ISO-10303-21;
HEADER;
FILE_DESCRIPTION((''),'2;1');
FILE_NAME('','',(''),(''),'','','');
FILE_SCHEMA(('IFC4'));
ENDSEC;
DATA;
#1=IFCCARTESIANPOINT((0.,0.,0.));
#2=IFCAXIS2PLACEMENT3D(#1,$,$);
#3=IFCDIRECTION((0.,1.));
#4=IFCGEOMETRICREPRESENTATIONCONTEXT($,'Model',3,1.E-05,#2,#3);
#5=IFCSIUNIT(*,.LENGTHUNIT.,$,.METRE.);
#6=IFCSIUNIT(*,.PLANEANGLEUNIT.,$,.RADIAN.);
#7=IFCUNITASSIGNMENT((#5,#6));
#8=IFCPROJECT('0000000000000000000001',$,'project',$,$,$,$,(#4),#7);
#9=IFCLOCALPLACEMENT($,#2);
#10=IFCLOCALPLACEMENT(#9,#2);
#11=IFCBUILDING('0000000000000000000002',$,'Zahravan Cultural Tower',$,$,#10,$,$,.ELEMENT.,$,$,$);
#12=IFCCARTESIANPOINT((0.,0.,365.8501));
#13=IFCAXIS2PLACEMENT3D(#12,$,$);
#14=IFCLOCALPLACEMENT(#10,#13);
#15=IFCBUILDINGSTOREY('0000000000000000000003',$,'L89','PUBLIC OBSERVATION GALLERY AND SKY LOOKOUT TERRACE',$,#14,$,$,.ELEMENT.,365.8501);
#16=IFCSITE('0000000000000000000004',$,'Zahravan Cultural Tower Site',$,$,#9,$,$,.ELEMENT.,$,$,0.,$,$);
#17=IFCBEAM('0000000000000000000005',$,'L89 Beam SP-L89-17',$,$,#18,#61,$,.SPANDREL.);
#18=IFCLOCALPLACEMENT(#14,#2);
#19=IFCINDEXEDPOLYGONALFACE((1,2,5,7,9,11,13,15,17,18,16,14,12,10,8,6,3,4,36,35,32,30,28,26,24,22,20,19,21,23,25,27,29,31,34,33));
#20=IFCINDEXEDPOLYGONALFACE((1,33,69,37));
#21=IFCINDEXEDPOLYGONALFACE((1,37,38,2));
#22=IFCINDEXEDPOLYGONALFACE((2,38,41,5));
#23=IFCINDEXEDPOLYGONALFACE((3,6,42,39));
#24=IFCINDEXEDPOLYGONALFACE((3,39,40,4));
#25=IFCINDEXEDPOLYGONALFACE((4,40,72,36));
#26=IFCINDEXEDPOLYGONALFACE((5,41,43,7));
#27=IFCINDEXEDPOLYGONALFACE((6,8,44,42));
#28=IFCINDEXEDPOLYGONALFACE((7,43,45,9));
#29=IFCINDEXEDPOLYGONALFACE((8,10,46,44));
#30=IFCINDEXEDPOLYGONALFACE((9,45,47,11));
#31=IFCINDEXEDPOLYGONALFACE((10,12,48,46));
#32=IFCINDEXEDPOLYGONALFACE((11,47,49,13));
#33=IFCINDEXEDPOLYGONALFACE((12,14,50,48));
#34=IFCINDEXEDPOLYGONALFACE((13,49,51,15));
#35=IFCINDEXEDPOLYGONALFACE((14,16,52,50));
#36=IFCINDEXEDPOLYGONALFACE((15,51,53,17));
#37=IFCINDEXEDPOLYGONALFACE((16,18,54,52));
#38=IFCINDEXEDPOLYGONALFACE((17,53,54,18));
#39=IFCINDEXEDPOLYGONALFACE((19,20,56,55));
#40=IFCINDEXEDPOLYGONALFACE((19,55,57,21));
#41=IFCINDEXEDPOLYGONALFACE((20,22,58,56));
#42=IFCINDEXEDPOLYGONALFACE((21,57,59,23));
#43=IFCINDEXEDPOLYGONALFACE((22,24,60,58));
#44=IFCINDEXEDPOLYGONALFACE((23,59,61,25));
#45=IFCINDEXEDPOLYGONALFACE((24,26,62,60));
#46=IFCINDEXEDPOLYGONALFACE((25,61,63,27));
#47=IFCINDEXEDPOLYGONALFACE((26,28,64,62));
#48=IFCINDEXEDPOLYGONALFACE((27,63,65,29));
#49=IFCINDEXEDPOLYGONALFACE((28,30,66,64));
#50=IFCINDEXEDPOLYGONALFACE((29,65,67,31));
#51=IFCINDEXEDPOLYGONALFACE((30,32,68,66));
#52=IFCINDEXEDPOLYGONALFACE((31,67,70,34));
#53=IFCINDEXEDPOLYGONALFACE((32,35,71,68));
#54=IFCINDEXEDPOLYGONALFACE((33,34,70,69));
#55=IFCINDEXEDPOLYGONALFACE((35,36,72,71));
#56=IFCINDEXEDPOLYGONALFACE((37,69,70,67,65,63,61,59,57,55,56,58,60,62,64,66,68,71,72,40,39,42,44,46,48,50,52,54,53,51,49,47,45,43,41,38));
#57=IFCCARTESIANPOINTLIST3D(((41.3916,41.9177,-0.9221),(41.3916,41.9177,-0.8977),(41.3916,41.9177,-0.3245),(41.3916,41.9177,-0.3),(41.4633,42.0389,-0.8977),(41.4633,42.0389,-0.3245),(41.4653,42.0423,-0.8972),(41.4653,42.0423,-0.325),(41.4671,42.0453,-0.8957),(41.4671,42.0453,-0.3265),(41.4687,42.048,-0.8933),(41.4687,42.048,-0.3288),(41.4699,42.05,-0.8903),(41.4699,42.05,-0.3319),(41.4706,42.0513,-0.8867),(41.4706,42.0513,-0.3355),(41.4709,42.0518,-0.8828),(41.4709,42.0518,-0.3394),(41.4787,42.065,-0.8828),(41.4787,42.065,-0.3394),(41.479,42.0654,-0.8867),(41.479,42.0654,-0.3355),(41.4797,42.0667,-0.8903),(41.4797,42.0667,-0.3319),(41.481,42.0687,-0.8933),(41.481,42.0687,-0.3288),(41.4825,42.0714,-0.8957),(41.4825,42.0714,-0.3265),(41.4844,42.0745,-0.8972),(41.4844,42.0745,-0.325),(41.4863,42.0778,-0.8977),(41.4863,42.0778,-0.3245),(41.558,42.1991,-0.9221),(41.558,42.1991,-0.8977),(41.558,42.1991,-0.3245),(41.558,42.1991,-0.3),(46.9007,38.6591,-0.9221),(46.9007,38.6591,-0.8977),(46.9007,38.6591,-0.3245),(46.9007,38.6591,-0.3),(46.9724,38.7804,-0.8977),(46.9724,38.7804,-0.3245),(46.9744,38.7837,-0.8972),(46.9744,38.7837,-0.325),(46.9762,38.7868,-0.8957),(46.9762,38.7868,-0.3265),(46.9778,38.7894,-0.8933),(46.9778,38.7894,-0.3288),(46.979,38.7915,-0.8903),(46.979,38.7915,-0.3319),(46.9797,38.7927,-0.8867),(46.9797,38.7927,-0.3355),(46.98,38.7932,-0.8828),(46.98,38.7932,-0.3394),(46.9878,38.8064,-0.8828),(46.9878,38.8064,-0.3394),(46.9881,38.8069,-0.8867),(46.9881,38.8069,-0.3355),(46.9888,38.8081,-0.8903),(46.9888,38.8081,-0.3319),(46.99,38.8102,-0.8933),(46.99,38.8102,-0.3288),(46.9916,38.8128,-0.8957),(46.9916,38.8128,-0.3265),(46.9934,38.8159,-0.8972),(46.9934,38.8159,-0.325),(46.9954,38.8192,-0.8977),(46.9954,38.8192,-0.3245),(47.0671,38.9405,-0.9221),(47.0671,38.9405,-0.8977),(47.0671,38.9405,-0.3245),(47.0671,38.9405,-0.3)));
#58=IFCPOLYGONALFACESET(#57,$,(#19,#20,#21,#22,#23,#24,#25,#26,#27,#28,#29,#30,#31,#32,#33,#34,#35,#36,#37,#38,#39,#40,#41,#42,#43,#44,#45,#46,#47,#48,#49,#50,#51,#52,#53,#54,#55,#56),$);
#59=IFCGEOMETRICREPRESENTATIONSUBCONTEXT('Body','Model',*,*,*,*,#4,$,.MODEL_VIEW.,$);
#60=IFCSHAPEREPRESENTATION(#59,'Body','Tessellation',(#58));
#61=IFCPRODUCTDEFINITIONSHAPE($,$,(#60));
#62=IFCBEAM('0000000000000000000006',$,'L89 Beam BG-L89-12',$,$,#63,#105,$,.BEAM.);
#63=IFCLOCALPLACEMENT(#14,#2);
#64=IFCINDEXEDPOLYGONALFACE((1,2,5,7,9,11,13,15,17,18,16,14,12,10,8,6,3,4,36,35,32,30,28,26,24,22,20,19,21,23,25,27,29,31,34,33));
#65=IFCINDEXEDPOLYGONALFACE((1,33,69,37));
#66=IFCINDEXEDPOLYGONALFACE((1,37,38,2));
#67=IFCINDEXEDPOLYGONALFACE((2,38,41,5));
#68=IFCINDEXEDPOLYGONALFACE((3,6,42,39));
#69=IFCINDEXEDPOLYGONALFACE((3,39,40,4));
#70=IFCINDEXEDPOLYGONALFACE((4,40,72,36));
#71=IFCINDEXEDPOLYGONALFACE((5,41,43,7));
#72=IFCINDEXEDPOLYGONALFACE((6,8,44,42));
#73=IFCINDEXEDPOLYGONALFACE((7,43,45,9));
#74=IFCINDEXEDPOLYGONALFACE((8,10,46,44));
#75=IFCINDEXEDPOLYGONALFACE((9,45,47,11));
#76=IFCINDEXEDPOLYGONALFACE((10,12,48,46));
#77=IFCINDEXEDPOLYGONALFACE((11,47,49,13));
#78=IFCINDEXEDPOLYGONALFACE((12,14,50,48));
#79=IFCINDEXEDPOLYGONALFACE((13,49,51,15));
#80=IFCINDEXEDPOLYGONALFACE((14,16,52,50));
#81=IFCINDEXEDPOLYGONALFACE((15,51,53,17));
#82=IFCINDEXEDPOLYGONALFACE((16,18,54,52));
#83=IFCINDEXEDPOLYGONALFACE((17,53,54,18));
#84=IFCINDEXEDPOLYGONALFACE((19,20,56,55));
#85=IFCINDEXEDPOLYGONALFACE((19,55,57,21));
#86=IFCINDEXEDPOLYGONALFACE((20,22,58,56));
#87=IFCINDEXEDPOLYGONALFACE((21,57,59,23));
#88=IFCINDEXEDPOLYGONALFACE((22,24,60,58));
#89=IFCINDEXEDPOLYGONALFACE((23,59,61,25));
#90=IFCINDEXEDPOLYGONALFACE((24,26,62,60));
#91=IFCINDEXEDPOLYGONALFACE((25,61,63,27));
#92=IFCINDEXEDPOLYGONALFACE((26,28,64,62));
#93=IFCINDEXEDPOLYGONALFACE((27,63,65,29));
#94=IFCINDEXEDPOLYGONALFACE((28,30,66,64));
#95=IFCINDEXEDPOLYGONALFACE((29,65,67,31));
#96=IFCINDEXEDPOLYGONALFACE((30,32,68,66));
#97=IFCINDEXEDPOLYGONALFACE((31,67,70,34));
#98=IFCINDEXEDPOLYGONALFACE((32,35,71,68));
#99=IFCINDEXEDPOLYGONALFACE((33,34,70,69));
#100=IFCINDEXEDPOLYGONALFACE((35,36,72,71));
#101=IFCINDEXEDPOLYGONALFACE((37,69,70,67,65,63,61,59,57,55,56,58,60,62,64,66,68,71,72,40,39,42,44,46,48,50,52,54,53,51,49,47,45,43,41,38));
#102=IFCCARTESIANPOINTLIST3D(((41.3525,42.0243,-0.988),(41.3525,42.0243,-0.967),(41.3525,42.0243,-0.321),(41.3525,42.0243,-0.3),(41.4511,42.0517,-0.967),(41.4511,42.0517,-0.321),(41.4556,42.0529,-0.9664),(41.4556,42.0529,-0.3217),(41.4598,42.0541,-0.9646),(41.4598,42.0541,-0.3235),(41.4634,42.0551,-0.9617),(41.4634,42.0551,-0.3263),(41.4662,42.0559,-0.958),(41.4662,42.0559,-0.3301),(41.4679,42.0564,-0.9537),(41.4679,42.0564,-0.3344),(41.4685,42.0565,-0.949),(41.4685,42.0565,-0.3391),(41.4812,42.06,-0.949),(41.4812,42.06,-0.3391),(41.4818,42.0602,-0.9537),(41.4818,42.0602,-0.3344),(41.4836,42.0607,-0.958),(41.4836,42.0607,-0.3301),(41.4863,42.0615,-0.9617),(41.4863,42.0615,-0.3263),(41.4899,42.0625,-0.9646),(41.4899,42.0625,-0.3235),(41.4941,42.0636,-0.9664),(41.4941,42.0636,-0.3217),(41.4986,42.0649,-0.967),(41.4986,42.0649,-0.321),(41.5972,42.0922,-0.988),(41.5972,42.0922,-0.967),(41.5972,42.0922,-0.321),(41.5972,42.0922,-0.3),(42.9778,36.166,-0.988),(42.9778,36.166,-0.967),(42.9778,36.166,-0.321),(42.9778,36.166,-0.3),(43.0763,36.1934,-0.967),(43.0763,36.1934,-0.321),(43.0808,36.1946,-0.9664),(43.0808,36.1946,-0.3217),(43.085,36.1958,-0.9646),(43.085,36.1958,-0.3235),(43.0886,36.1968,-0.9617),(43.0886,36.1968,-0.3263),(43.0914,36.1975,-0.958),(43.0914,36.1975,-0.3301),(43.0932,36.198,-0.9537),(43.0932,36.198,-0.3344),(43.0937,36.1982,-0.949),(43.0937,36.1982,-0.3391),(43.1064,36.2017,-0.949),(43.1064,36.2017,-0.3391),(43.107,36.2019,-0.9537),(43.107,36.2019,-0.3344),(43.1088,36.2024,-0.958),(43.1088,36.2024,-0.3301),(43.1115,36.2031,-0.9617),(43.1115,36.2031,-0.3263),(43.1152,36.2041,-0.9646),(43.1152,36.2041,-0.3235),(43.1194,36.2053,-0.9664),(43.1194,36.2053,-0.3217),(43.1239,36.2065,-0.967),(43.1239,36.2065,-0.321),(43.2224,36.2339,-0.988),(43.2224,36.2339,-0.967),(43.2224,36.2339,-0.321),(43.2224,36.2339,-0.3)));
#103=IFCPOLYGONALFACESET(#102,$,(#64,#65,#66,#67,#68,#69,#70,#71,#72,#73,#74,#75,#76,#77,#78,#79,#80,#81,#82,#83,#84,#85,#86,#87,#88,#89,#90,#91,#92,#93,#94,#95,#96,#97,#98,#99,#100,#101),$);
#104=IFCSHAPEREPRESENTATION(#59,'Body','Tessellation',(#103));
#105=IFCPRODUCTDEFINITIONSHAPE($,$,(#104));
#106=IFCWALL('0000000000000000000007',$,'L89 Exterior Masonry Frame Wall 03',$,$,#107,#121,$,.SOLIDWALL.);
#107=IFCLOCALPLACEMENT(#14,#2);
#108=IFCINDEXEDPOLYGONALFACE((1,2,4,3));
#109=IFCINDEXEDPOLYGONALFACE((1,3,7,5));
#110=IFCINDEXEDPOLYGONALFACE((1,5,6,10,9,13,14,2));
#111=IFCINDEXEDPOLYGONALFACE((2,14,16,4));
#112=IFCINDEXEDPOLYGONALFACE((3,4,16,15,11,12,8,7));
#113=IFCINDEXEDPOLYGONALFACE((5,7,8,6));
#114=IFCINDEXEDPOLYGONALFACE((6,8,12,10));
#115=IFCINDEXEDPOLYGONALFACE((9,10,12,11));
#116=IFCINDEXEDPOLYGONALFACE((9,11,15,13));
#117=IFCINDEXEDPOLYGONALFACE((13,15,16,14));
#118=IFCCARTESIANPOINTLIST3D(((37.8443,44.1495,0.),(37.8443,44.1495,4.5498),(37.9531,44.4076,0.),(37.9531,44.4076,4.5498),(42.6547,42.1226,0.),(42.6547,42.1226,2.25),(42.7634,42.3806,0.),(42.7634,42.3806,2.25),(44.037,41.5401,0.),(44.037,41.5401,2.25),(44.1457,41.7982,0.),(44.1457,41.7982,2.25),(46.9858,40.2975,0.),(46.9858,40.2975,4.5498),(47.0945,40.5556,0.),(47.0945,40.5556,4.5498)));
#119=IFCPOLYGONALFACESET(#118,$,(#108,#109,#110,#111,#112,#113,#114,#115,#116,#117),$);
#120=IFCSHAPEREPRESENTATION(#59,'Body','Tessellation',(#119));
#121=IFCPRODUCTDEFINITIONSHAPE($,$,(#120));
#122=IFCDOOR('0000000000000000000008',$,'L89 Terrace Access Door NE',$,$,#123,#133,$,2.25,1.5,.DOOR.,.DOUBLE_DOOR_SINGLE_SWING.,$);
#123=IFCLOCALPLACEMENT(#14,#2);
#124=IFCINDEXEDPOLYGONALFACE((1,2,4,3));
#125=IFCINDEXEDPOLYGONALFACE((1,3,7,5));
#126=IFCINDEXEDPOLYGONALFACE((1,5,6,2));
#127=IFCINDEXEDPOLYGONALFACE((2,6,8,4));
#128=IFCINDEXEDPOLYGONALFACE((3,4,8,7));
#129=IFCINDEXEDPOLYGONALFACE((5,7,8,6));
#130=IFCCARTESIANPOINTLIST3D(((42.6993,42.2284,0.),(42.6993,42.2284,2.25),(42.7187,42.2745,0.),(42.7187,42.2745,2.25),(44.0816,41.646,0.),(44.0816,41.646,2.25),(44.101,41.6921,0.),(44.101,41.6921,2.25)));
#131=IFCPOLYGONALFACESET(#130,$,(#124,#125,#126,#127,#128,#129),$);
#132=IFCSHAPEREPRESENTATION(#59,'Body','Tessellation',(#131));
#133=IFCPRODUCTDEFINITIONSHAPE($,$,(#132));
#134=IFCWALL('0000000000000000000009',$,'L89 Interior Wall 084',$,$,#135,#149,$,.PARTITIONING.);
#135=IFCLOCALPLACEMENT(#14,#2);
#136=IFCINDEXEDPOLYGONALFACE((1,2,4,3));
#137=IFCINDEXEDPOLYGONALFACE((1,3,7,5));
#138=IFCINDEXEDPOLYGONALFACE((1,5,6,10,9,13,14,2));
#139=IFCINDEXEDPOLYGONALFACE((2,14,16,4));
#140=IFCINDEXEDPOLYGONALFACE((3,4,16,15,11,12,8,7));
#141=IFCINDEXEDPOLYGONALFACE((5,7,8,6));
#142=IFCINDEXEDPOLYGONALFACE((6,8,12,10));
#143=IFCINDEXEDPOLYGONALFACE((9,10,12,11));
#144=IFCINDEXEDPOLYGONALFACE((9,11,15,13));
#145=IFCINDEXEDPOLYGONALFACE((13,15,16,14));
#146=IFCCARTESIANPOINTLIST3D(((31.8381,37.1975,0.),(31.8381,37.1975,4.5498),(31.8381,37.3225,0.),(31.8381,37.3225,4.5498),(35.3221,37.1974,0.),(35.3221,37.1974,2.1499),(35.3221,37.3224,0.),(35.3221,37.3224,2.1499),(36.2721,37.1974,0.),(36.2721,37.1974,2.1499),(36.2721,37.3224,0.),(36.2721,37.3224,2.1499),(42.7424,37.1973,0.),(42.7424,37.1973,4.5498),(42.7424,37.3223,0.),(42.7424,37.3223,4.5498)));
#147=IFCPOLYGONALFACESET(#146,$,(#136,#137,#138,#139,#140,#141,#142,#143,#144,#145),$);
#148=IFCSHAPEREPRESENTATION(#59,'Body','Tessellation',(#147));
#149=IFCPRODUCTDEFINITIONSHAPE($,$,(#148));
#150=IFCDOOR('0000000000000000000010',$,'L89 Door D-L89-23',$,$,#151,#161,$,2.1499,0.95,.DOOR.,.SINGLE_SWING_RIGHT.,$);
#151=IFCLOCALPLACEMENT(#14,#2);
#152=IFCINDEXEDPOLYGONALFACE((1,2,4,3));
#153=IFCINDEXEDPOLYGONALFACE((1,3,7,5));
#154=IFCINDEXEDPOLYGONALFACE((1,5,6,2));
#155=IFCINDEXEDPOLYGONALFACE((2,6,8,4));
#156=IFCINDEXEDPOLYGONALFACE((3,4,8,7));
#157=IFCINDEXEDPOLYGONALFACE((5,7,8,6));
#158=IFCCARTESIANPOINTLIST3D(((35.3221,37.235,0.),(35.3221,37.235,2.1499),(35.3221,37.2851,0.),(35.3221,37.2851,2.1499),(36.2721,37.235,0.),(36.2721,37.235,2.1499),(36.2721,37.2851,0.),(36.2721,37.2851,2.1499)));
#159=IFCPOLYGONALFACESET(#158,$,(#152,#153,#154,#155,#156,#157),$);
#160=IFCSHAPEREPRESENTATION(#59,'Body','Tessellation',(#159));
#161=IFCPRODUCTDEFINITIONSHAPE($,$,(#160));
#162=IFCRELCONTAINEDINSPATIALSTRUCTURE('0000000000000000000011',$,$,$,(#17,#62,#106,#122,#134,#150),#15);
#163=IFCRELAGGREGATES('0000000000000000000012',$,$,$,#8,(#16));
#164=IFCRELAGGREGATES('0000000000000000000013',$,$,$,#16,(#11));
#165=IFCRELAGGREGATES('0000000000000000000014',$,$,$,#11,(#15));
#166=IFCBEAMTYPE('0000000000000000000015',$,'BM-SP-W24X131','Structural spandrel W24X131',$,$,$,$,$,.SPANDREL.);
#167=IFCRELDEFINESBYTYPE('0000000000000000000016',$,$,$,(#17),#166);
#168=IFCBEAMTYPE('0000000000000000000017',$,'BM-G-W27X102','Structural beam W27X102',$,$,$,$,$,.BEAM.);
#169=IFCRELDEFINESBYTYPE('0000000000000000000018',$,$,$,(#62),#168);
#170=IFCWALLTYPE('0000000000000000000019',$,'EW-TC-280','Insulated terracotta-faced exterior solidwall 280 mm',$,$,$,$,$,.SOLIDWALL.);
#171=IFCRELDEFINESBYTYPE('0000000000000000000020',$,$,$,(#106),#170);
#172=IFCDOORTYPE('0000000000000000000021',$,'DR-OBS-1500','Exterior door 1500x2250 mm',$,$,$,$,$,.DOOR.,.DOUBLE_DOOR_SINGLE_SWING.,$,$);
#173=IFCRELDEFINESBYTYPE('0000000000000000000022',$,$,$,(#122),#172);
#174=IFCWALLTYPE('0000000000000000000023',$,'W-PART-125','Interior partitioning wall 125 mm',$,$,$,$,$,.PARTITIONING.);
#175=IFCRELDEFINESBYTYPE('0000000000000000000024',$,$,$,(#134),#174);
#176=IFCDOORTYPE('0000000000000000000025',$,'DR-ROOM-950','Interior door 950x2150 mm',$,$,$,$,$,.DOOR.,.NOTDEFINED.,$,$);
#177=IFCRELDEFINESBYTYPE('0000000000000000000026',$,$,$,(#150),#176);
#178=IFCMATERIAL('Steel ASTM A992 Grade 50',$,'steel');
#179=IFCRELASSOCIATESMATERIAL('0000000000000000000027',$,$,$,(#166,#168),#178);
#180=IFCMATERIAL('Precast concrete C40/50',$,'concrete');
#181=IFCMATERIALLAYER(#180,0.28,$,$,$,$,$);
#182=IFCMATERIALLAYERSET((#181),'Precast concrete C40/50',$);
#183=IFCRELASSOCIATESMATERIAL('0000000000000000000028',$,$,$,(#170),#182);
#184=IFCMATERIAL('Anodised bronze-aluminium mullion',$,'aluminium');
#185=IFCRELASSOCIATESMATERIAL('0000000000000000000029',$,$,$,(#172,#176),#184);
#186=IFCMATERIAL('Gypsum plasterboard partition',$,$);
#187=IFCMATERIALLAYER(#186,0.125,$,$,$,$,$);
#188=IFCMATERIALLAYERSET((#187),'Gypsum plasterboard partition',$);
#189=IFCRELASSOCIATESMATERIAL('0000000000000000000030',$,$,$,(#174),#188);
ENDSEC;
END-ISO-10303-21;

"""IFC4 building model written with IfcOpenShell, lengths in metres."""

from ifc_helpers import new_model, si_unit, direction, frame, frame_2d, origin, origin_2d, place, context, subcontext, project, spatial, rectangle, i_section, extrude, source, transform, mapped, material, layer, layer_set, material_profile, profile_set, type_object, element, fill, save


model = new_model("IFC4")

# Units and contexts
model_context = context("Model", 3, precision=1e-05, world=origin(), true_north=direction((0.0, 1.0)))
body_context = subcontext(model_context, "Body", "Model", "MODEL_VIEW")
ifc_project = project(units=[si_unit("LENGTHUNIT", "METRE"), si_unit("PLANEANGLEUNIT", "RADIAN")], contexts=[model_context])

# Site, building, storey
site_placement = place(None, origin())
site = spatial("IfcSite", under=ifc_project, at=site_placement, Name="Zahravan Cultural Tower Site", CompositionType="ELEMENT", RefElevation=0.0)
building_placement = place(site_placement, origin())
building = spatial("IfcBuilding", under=site, at=building_placement, Name="Zahravan Cultural Tower", CompositionType="ELEMENT")
storey_placement = place(building_placement, frame((0.0, 0.0, 365.8501)))
storey = spatial("IfcBuildingStorey", under=building, at=storey_placement, Name="L89", Description="PUBLIC OBSERVATION GALLERY AND SKY LOOKOUT TERRACE", CompositionType="ELEMENT", Elevation=365.8501)

# Shared definitions
ifc_material_1 = material(Name="Steel ASTM A992 Grade 50", Category="steel")

# Beams
ifc_material_profile_1 = material_profile(ifc_material_1, i_section(OverallWidth=0.3269, OverallDepth=0.6221, WebThickness=0.0154, FlangeThickness=0.0244, FilletRadius=0.0149, at=origin_2d()), Name="W24X131")
ifc_profile_set_1 = profile_set([ifc_material_profile_1], Name="Steel ASTM A992 Grade 50")
beam_type_1 = type_object("IfcBeamType", Name="BM-SP-W24X131", Description="Structural spandrel W24X131", PredefinedType="SPANDREL", material=ifc_profile_set_1)
shared_shape_1 = source(origin(), body_context, "Body", "SweptSolid", [
    extrude(i_section(OverallWidth=0.3269, OverallDepth=0.6221, WebThickness=0.0154, FlangeThickness=0.0244, FilletRadius=0.0149, at=origin_2d()), origin(), (0.0, 0.0, 1.0), 6.4006),
])
beam_1_placement = place(storey_placement, frame((46.9839, 38.7998, -0.6111), z_axis=(-0.860707, 0.509101, 0.0), x_axis=(-0.509101, -0.860707, 0.0)))
element("IfcBeam", 1, at=beam_1_placement, inside=storey, type_object=beam_type_1, Name="L89 Beam SP-L89-17", PredefinedType="SPANDREL", context=body_context, shape_type="MappedRepresentation", body=[
    mapped(shared_shape_1, transform((0.0, 0.0, 0.0), x_axis=(1.0, 0.0, 0.0), y_axis=(0.0, 1.0, 0.0), z_axis=(0.0, 0.0, 1.0), scale=1.0)),
])
ifc_material_profile_2 = material_profile(ifc_material_1, i_section(OverallWidth=0.2539, OverallDepth=0.688, WebThickness=0.0132, FlangeThickness=0.021, FilletRadius=0.0181, at=origin_2d()), Name="W27X102")
ifc_profile_set_2 = profile_set([ifc_material_profile_2], Name="Steel ASTM A992 Grade 50")
beam_type_2 = type_object("IfcBeamType", Name="BM-G-W27X102", Description="Structural beam W27X102", PredefinedType="BEAM", material=ifc_profile_set_2)
shared_shape_2 = source(origin(), body_context, "Body", "SweptSolid", [
    extrude(i_section(OverallWidth=0.2539, OverallDepth=0.688, WebThickness=0.0132, FlangeThickness=0.021, FilletRadius=0.0181, at=origin_2d()), origin(), (0.0, 0.0, 1.0), 6.0796),
])
beam_2_placement = place(storey_placement, frame((43.1001, 36.2, -0.644), z_axis=(-0.267325, 0.963606, 0.0), x_axis=(-0.963606, -0.267325, 0.0)))
element("IfcBeam", 2, at=beam_2_placement, inside=storey, type_object=beam_type_2, Name="L89 Beam BG-L89-12", PredefinedType="BEAM", context=body_context, shape_type="MappedRepresentation", body=[
    mapped(shared_shape_2, transform((0.0, 0.0, 0.0), x_axis=(1.0, 0.0, 0.0), y_axis=(0.0, 1.0, 0.0), z_axis=(0.0, 0.0, 1.0), scale=1.0)),
])

# Walls, openings, doors
ifc_material_2 = material(Name="Precast concrete C40/50", Category="concrete")
ifc_layer_1 = layer(ifc_material_2, 0.28)
ifc_layer_set_1 = layer_set([ifc_layer_1], Name="Precast concrete C40/50")
wall_type_1 = type_object("IfcWallType", Name="EW-TC-280", Description="Insulated terracotta-faced exterior solidwall 280 mm", PredefinedType="SOLIDWALL", material=ifc_layer_set_1)
wall_1_placement = place(storey_placement, frame((37.8987, 44.2786, 0.0), z_axis=(0.0, 0.0, 1.0), x_axis=(0.921529, -0.38831, 0.0)))
wall_1 = element("IfcWall", 3, at=wall_1_placement, inside=storey, type_object=wall_type_1, Name="L89 Exterior Masonry Frame Wall 03", PredefinedType="SOLIDWALL", context=body_context, shape_type="SweptSolid", body=[
    extrude(rectangle(XDim=9.9199, YDim=0.28, at=frame_2d((4.96, 0.0))), origin(), (0.0, 0.0, 1.0), 4.5498),
])
opening_1_placement = place(wall_1_placement, frame((5.22, 0.0, 0.0)))
opening_1 = element("IfcOpeningElement", 4, at=opening_1_placement, cuts=wall_1, PredefinedType="OPENING", context=body_context, shape_type="SweptSolid", body=[
    extrude(rectangle(XDim=1.5, YDim=2.25, at=frame_2d((0.75, 1.125))), frame((0.0, 0.1499, 0.0), z_axis=(0.0, -1.0, 0.0), x_axis=(1.0, 0.0, 0.0)), (0.0, 0.0, 1.0), 0.3),
])
ifc_material_3 = material(Name="Anodised bronze-aluminium mullion", Category="aluminium")
door_type_1 = type_object("IfcDoorType", Name="DR-OBS-1500", Description="Exterior door 1500x2250 mm", OperationType="DOUBLE_DOOR_SINGLE_SWING", PredefinedType="DOOR", material=ifc_material_3)
shared_shape_3 = source(origin(), body_context, "Body", "SweptSolid", [
    extrude(rectangle(XDim=1.5, YDim=2.25, at=frame_2d((0.75, 1.125))), frame((0.0, 0.0249, 0.0), z_axis=(0.0, -1.0, 0.0), x_axis=(1.0, 0.0, 0.0)), (0.0, 0.0, 1.0), 0.05),
])
door_1_placement = place(opening_1_placement, origin())
door_1 = element("IfcDoor", 5, at=door_1_placement, inside=storey, type_object=door_type_1, Name="L89 Terrace Access Door NE", OperationType="DOUBLE_DOOR_SINGLE_SWING", OverallHeight=2.25, OverallWidth=1.5, PredefinedType="DOOR", context=body_context, shape_type="MappedRepresentation", body=[
    mapped(shared_shape_3, transform((0.0, 0.0, 0.0), x_axis=(1.0, 0.0, 0.0), y_axis=(0.0, 1.0, 0.0), z_axis=(0.0, 0.0, 1.0), scale=1.0)),
])
fill(opening_1, door_1)
ifc_material_4 = material(Name="Gypsum plasterboard partition")
ifc_layer_2 = layer(ifc_material_4, 0.125)
ifc_layer_set_2 = layer_set([ifc_layer_2], Name="Gypsum plasterboard partition")
wall_type_2 = type_object("IfcWallType", Name="W-PART-125", Description="Interior partitioning wall 125 mm", PredefinedType="PARTITIONING", material=ifc_layer_set_2)
wall_2_placement = place(storey_placement, frame((42.7424, 37.2598, 0.0), z_axis=(0.0, 0.0, 1.0), x_axis=(-1.0, 0.000022, 0.0)))
wall_2 = element("IfcWall", 6, at=wall_2_placement, inside=storey, type_object=wall_type_2, Name="L89 Interior Wall 084", PredefinedType="PARTITIONING", context=body_context, shape_type="SweptSolid", body=[
    extrude(rectangle(XDim=10.9043, YDim=0.125, at=frame_2d((5.4521, 0.0))), origin(), (0.0, 0.0, 1.0), 4.5498),
])
opening_2_placement = place(wall_2_placement, frame((6.4702, 0.0, 0.0)))
opening_2 = element("IfcOpeningElement", 7, at=opening_2_placement, cuts=wall_2, PredefinedType="OPENING", context=body_context, shape_type="SweptSolid", body=[
    extrude(rectangle(XDim=0.95, YDim=2.1499, at=frame_2d((0.4751, 1.075))), frame((0.0, 0.0725, 0.0), z_axis=(0.0, -1.0, 0.0), x_axis=(1.0, 0.0, 0.0)), (0.0, 0.0, 1.0), 0.145),
])
door_type_2 = type_object("IfcDoorType", Name="DR-ROOM-950", Description="Interior door 950x2150 mm", OperationType="NOTDEFINED", PredefinedType="DOOR", material=ifc_material_3)
shared_shape_4 = source(origin(), body_context, "Body", "SweptSolid", [
    extrude(rectangle(XDim=0.95, YDim=2.1499, at=frame_2d((0.4751, 1.075))), frame((0.0, 0.0249, 0.0), z_axis=(0.0, -1.0, 0.0), x_axis=(1.0, 0.0, 0.0)), (0.0, 0.0, 1.0), 0.05),
])
door_2_placement = place(opening_2_placement, origin())
door_2 = element("IfcDoor", 8, at=door_2_placement, inside=storey, type_object=door_type_2, Name="L89 Door D-L89-23", OperationType="SINGLE_SWING_RIGHT", OverallHeight=2.1499, OverallWidth=0.95, PredefinedType="DOOR", context=body_context, shape_type="MappedRepresentation", body=[
    mapped(shared_shape_4, transform((0.0, 0.0, 0.0), x_axis=(1.0, 0.0, 0.0), y_axis=(0.0, 1.0, 0.0), z_axis=(0.0, 0.0, 1.0), scale=1.0)),
])
fill(opening_2, door_2)

save(model, "model.ifc")
